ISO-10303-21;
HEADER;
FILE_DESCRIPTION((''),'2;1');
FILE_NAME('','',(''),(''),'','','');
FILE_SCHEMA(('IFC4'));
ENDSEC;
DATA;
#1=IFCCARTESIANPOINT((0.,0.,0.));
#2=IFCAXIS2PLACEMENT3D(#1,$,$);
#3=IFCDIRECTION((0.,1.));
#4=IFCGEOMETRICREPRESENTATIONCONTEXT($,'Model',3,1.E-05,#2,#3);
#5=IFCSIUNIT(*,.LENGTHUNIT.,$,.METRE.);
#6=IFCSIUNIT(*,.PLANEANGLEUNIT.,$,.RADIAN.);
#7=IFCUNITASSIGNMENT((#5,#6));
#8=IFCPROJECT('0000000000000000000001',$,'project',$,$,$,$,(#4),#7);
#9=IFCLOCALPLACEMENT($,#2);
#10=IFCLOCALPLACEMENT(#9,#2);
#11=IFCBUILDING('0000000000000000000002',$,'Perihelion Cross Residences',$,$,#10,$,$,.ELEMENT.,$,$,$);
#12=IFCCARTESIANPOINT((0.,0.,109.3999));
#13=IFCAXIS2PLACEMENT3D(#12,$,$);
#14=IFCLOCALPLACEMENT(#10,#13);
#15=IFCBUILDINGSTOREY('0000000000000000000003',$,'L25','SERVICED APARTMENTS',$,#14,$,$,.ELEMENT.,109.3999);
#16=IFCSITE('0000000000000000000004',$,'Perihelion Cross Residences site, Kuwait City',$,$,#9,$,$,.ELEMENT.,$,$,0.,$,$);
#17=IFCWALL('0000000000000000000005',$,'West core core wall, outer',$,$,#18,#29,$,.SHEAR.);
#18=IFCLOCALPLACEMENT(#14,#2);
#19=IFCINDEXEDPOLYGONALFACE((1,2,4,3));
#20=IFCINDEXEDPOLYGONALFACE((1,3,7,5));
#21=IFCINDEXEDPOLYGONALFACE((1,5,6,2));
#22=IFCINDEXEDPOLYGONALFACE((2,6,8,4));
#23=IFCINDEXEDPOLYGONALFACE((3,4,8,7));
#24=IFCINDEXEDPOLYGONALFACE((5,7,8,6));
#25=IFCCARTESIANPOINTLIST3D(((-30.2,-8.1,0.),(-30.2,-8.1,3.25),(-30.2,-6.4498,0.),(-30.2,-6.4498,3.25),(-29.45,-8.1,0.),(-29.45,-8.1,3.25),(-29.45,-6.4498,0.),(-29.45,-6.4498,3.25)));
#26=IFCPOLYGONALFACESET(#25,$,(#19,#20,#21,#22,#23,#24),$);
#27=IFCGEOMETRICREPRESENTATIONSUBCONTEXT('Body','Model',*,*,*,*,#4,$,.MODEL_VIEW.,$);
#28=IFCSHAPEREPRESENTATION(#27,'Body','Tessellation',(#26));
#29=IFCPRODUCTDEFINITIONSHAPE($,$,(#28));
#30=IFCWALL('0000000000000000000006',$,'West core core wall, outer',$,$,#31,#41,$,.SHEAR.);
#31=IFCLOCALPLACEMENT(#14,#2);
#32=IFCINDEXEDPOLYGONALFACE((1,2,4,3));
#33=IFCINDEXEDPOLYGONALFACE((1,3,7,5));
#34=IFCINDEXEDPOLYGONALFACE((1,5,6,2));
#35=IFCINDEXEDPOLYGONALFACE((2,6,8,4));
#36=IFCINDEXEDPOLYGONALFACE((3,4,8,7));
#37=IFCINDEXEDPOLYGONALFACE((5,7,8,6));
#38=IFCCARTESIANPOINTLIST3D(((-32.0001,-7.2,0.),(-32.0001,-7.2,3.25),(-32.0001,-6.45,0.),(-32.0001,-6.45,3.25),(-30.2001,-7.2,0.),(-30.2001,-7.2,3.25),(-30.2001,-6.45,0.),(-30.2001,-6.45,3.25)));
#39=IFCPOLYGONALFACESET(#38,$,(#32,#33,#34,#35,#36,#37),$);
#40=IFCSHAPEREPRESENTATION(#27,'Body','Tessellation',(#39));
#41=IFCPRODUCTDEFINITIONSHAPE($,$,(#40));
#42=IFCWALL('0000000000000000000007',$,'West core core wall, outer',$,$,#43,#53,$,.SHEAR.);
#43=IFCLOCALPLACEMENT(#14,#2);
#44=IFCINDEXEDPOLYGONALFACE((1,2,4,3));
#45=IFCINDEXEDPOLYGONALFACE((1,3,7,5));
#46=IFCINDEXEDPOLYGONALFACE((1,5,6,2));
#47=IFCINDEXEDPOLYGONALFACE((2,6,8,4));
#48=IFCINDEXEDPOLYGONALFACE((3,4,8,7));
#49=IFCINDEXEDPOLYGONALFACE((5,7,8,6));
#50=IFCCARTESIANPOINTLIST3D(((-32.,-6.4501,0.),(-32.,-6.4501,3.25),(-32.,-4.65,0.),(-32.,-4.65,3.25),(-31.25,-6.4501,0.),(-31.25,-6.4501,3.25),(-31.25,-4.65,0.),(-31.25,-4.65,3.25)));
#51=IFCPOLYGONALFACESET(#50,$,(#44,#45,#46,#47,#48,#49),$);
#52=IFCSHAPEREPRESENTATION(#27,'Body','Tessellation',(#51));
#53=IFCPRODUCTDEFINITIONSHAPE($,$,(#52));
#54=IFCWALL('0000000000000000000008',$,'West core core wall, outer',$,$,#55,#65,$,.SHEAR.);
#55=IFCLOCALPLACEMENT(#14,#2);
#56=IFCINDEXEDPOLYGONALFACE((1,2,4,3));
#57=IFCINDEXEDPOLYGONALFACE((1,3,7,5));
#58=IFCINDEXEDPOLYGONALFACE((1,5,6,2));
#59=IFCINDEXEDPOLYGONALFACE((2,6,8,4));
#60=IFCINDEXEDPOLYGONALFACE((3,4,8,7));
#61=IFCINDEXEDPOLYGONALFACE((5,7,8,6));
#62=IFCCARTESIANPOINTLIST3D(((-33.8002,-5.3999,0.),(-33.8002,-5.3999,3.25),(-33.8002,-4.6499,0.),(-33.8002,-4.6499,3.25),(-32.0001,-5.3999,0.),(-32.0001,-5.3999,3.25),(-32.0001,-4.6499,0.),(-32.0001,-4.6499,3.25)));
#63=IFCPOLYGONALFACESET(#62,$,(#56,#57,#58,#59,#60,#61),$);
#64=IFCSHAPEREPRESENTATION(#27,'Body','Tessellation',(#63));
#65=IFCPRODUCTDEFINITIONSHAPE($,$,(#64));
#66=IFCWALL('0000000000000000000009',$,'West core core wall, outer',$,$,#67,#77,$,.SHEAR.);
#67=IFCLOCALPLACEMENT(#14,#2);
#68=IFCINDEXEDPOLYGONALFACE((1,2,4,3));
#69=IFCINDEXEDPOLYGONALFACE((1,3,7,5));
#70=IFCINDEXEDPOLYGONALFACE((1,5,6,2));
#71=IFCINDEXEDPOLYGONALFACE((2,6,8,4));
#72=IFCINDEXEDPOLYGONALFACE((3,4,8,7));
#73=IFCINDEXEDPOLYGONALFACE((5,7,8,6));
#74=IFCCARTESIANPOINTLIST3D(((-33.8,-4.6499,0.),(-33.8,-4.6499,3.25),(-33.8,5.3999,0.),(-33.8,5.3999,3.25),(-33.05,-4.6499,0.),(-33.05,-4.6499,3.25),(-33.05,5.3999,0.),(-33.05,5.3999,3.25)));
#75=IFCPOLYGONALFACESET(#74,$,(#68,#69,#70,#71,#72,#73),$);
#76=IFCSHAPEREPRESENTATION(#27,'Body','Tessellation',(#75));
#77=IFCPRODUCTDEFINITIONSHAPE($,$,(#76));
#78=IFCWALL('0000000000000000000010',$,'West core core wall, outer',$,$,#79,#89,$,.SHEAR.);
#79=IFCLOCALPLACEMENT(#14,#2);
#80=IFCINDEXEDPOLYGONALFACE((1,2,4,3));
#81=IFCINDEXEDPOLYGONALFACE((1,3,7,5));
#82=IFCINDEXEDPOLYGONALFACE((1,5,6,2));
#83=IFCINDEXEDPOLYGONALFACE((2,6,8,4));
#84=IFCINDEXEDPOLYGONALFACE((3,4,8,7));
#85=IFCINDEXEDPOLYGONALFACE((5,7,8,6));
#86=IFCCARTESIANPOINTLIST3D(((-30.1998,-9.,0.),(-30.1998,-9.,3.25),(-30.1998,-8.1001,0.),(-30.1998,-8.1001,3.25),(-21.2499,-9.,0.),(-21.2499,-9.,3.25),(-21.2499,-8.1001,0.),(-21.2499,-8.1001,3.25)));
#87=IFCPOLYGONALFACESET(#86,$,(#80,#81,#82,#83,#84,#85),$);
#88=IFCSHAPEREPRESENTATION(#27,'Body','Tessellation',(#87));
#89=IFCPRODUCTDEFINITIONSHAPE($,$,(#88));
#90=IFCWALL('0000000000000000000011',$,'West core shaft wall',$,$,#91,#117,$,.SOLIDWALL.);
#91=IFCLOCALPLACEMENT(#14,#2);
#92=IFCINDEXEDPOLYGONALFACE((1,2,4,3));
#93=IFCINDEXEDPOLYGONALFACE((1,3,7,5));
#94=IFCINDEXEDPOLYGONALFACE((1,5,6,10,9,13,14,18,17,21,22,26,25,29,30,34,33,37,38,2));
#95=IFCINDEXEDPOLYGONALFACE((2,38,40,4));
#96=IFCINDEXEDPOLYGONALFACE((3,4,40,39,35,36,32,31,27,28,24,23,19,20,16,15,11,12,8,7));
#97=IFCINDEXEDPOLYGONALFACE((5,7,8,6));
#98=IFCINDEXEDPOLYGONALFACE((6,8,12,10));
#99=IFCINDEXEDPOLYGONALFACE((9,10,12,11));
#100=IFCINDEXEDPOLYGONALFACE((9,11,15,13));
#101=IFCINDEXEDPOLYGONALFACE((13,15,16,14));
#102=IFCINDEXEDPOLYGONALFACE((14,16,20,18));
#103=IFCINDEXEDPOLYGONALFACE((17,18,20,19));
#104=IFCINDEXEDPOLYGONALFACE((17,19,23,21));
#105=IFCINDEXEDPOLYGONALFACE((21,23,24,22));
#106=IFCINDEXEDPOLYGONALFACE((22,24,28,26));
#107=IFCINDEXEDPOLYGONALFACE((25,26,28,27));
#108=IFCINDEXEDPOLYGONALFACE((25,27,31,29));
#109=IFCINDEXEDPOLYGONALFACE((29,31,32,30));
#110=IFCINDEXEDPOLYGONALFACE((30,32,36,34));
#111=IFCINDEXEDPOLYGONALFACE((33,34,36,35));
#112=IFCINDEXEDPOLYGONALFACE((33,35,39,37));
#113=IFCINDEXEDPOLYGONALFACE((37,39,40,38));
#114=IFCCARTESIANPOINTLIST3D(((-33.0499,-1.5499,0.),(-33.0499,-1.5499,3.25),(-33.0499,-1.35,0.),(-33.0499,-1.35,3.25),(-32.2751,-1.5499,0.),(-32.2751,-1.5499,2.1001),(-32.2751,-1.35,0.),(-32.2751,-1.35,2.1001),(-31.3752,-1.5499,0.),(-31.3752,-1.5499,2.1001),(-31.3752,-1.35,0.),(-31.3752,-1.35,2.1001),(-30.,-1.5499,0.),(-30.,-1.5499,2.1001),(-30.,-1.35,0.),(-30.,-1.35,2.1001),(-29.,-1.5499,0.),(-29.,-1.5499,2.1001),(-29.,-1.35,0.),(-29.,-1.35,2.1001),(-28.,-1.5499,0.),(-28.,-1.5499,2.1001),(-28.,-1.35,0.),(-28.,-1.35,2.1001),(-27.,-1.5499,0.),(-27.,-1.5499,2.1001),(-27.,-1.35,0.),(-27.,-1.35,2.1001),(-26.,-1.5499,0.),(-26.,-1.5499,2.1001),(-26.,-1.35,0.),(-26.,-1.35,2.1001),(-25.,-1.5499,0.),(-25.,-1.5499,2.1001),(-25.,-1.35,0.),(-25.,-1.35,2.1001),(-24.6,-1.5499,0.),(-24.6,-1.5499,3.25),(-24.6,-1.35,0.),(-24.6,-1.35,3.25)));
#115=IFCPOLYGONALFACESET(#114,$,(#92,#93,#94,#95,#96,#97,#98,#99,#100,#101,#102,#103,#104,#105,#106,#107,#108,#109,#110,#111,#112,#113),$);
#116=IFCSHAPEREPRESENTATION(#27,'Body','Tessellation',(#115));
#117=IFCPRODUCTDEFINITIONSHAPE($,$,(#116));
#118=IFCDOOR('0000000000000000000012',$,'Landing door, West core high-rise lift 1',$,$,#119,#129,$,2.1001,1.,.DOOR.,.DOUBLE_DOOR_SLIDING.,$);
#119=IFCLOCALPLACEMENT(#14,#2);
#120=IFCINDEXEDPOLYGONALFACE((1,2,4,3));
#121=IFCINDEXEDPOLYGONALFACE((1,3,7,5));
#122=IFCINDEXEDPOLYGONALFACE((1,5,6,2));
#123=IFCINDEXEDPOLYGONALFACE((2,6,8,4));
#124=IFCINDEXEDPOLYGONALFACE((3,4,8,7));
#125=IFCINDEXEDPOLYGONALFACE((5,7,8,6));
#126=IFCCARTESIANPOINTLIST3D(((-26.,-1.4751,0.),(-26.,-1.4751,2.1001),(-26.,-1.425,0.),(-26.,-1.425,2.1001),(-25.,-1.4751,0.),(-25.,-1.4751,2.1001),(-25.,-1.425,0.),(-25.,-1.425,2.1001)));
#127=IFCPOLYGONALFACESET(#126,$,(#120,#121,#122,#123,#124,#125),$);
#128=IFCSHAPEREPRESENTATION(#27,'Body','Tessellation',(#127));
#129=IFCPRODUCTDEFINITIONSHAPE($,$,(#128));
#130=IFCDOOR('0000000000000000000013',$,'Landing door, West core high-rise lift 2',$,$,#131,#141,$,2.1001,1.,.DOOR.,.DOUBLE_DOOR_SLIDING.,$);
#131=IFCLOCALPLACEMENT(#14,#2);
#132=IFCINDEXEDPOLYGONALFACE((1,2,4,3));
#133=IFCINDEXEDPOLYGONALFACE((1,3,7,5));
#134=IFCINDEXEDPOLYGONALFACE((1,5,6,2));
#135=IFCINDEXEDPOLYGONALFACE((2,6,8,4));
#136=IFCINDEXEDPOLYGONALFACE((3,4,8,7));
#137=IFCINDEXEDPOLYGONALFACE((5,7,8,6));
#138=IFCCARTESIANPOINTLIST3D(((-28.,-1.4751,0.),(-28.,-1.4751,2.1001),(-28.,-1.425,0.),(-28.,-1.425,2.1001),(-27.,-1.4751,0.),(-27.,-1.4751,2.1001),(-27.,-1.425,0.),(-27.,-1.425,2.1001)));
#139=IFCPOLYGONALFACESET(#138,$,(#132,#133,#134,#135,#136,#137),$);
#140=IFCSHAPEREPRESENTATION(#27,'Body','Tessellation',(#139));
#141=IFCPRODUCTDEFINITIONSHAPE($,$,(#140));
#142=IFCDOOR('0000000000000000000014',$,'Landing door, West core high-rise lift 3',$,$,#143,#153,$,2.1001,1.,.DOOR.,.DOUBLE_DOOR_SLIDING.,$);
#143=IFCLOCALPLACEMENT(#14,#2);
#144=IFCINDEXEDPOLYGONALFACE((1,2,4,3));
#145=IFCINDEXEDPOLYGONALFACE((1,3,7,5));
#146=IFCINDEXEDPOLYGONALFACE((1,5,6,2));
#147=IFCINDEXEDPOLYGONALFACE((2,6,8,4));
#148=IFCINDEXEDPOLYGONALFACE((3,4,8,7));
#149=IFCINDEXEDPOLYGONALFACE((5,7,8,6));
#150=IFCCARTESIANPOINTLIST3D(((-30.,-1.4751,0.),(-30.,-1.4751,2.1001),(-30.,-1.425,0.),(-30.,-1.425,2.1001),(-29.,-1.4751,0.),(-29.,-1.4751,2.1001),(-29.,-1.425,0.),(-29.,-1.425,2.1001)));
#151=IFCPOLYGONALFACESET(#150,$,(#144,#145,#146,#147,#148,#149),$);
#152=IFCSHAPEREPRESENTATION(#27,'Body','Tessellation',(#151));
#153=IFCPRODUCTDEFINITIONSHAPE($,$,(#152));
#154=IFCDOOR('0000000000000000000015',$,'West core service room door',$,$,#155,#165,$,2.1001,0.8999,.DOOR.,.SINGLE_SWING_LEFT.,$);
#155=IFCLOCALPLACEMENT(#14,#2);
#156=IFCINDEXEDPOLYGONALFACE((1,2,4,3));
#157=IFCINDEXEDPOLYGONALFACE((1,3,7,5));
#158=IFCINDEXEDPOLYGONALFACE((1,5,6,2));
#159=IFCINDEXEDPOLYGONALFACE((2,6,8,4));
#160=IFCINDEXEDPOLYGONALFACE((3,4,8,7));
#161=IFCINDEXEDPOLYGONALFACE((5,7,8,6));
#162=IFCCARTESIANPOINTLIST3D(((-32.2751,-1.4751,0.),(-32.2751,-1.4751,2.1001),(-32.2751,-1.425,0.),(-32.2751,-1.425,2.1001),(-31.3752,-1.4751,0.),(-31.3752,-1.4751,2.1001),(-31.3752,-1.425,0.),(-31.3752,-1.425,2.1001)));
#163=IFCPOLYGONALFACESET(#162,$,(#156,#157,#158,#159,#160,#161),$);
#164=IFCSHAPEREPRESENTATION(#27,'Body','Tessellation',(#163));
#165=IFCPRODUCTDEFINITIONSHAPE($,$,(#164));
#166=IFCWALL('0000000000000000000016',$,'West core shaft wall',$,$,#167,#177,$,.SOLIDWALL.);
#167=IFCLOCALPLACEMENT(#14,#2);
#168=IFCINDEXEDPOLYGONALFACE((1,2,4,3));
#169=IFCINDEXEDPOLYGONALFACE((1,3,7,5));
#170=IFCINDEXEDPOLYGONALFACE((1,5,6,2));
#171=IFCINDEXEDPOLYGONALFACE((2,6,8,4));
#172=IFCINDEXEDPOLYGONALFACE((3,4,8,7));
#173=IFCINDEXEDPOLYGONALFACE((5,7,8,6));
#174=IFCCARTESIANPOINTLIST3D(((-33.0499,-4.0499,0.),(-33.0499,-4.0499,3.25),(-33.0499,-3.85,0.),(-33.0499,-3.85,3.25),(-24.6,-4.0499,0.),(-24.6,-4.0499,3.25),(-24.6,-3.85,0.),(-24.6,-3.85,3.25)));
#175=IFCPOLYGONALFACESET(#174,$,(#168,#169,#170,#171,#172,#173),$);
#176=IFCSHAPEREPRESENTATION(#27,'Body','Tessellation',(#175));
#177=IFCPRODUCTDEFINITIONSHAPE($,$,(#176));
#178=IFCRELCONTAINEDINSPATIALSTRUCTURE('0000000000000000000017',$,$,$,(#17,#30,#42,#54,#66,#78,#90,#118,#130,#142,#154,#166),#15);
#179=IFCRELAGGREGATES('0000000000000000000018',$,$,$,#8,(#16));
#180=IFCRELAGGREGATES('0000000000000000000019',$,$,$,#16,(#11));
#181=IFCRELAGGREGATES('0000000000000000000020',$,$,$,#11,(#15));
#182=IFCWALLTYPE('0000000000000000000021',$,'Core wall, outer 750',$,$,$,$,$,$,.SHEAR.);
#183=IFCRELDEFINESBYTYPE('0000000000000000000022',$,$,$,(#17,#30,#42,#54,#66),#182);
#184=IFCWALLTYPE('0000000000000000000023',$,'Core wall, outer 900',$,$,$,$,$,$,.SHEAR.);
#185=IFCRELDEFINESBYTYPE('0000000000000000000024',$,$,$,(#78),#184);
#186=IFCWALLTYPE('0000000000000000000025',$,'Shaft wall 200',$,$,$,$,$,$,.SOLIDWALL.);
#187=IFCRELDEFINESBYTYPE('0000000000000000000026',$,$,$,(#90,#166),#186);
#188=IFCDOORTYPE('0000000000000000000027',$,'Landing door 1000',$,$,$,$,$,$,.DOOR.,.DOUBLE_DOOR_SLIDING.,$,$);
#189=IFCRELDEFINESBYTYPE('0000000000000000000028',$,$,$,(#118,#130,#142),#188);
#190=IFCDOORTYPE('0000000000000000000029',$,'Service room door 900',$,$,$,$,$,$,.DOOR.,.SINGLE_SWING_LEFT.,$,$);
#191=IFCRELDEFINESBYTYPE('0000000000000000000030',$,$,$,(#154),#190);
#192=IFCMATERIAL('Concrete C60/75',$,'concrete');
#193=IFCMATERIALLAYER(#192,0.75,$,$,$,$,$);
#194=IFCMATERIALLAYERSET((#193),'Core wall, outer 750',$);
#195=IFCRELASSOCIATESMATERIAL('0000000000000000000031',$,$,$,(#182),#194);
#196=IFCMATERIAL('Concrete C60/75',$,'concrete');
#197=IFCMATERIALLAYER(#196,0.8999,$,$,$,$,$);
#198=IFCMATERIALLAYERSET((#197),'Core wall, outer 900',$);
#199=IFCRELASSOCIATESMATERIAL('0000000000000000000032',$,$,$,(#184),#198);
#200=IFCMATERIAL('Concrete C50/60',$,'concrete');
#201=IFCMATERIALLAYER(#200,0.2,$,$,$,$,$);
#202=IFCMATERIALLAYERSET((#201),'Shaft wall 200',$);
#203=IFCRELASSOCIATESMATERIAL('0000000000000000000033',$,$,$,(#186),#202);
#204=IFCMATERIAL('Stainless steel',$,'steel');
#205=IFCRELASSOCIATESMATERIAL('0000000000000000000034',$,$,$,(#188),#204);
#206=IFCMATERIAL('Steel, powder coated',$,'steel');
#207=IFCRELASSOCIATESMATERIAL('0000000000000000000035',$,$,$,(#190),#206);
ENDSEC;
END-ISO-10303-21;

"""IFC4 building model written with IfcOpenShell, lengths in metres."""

from ifc_helpers import new_model, si_unit, direction, frame, frame_2d, origin, place, context, subcontext, project, spatial, rectangle, extrude, material, layer, layer_set, type_object, element, fill, save


model = new_model("IFC4")

# Units and contexts
model_context = context("Model", 3, precision=1e-05, world=origin(), true_north=direction((0.0, 1.0)))
body_context = subcontext(model_context, "Body", "Model", "MODEL_VIEW")
ifc_project = project(units=[si_unit("LENGTHUNIT", "METRE"), si_unit("PLANEANGLEUNIT", "RADIAN")], contexts=[model_context])

# Site, building, storey
site_placement = place(None, origin())
site = spatial("IfcSite", under=ifc_project, at=site_placement, Name="Perihelion Cross Residences site, Kuwait City", CompositionType="ELEMENT", RefElevation=0.0)
building_placement = place(site_placement, origin())
building = spatial("IfcBuilding", under=site, at=building_placement, Name="Perihelion Cross Residences", CompositionType="ELEMENT")
storey_placement = place(building_placement, frame((0.0, 0.0, 109.3999)))
storey = spatial("IfcBuildingStorey", under=building, at=storey_placement, Name="L25", Description="SERVICED APARTMENTS", CompositionType="ELEMENT", Elevation=109.3999)

# Walls
ifc_material_1 = material(Name="Concrete C60/75", Category="concrete")
ifc_layer_1 = layer(ifc_material_1, 0.75)
ifc_layer_set_1 = layer_set([ifc_layer_1], Name="Core wall, outer 750")
wall_type_1 = type_object("IfcWallType", Name="Core wall, outer 750", PredefinedType="SHEAR", material=ifc_layer_set_1)
wall_1_placement = place(storey_placement, frame((-29.825, -8.1001, 0.0), z_axis=(0.0, 0.0, 1.0), x_axis=(0.0, 1.0, 0.0)))
element("IfcWall", 1, at=wall_1_placement, inside=storey, type_object=wall_type_1, Name="West core core wall, outer", PredefinedType="SHEAR", context=body_context, shape_type="SweptSolid", body=[
    extrude(rectangle(XDim=1.6501, YDim=0.75, at=frame_2d((0.8252, 0.0))), origin(), (0.0, 0.0, 1.0), 3.25),
])
for number, where, z_axis, x_axis, name in (
    (2, (-32.0, -6.825, 0.0), (0.0, 0.0, 1.0), (1.0, 0.0, 0.0), "West core core wall, outer"),
    (3, (-31.625, -6.45, 0.0), (0.0, 0.0, 1.0), (0.0, 1.0, 0.0), "West core core wall, outer"),
    (4, (-33.8, -5.0249, 0.0), (0.0, 0.0, 1.0), (1.0, 0.0, 0.0), "West core core wall, outer"),
):
    element("IfcWall", number, at=place(storey_placement, frame(where, z_axis=z_axis, x_axis=x_axis)), inside=storey, type_object=wall_type_1, Name=name, PredefinedType="SHEAR", context=body_context, shape_type="SweptSolid", body=[
        extrude(rectangle(XDim=1.8, YDim=0.75, at=frame_2d((0.8999, 0.0))), origin(), (0.0, 0.0, 1.0), 3.25),
    ])
wall_2_placement = place(storey_placement, frame((-33.425, -4.6499, 0.0), z_axis=(0.0, 0.0, 1.0), x_axis=(0.0, 1.0, 0.0)))
element("IfcWall", 5, at=wall_2_placement, inside=storey, type_object=wall_type_1, Name="West core core wall, outer", PredefinedType="SHEAR", context=body_context, shape_type="SweptSolid", body=[
    extrude(rectangle(XDim=10.0498, YDim=0.75, at=frame_2d((5.0249, 0.0))), origin(), (0.0, 0.0, 1.0), 3.25),
])
ifc_material_2 = material(Name="Concrete C60/75", Category="concrete")
ifc_layer_2 = layer(ifc_material_2, 0.8999)
ifc_layer_set_2 = layer_set([ifc_layer_2], Name="Core wall, outer 900")
wall_type_2 = type_object("IfcWallType", Name="Core wall, outer 900", PredefinedType="SHEAR", material=ifc_layer_set_2)
wall_3_placement = place(storey_placement, frame((-30.2, -8.55, 0.0), z_axis=(0.0, 0.0, 1.0), x_axis=(1.0, 0.0, 0.0)))
element("IfcWall", 6, at=wall_3_placement, inside=storey, type_object=wall_type_2, Name="West core core wall, outer", PredefinedType="SHEAR", context=body_context, shape_type="SweptSolid", body=[
    extrude(rectangle(XDim=8.95, YDim=0.8999, at=frame_2d((4.4751, 0.0))), origin(), (0.0, 0.0, 1.0), 3.25),
])

# Wall, openings, doors
ifc_material_3 = material(Name="Concrete C50/60", Category="concrete")
ifc_layer_3 = layer(ifc_material_3, 0.2)
ifc_layer_set_3 = layer_set([ifc_layer_3], Name="Shaft wall 200")
wall_type_3 = type_object("IfcWallType", Name="Shaft wall 200", PredefinedType="SOLIDWALL", material=ifc_layer_set_3)
wall_4_placement = place(storey_placement, frame((-33.05, -1.45, 0.0), z_axis=(0.0, 0.0, 1.0), x_axis=(1.0, 0.0, 0.0)))
wall_4 = element("IfcWall", 7, at=wall_4_placement, inside=storey, type_object=wall_type_3, Name="West core shaft wall", PredefinedType="SOLIDWALL", context=body_context, shape_type="SweptSolid", body=[
    extrude(rectangle(XDim=8.45, YDim=0.2, at=frame_2d((4.2251, 0.0))), origin(), (0.0, 0.0, 1.0), 3.25),
])
opening_1_placement = place(wall_4_placement, frame((7.05, 0.0, 0.0)))
opening_1 = element("IfcOpeningElement", 8, at=opening_1_placement, cuts=wall_4, PredefinedType="OPENING", context=body_context, shape_type="SweptSolid", body=[
    extrude(rectangle(XDim=1.0, YDim=2.1001, at=frame_2d((0.5, 1.05))), frame((0.0, 0.1099, 0.0), z_axis=(0.0, -1.0, 0.0), x_axis=(1.0, 0.0, 0.0)), (0.0, 0.0, 1.0), 0.22),
])
opening_2_placement = place(wall_4_placement, frame((5.05, 0.0, 0.0)))
opening_2 = element("IfcOpeningElement", 9, at=opening_2_placement, cuts=wall_4, PredefinedType="OPENING", context=body_context, shape_type="SweptSolid", body=[
    extrude(rectangle(XDim=1.0, YDim=2.1001, at=frame_2d((0.5, 1.05))), frame((0.0, 0.1099, 0.0), z_axis=(0.0, -1.0, 0.0), x_axis=(1.0, 0.0, 0.0)), (0.0, 0.0, 1.0), 0.22),
])
opening_3_placement = place(wall_4_placement, frame((3.05, 0.0, 0.0)))
opening_3 = element("IfcOpeningElement", 10, at=opening_3_placement, cuts=wall_4, PredefinedType="OPENING", context=body_context, shape_type="SweptSolid", body=[
    extrude(rectangle(XDim=1.0, YDim=2.1001, at=frame_2d((0.5, 1.05))), frame((0.0, 0.1099, 0.0), z_axis=(0.0, -1.0, 0.0), x_axis=(1.0, 0.0, 0.0)), (0.0, 0.0, 1.0), 0.22),
])
opening_4_placement = place(wall_4_placement, frame((0.7749, 0.0, 0.0)))
opening_4 = element("IfcOpeningElement", 11, at=opening_4_placement, cuts=wall_4, PredefinedType="OPENING", context=body_context, shape_type="SweptSolid", body=[
    extrude(rectangle(XDim=0.8999, YDim=2.1001, at=frame_2d((0.45, 1.05))), frame((0.0, 0.1099, 0.0), z_axis=(0.0, -1.0, 0.0), x_axis=(1.0, 0.0, 0.0)), (0.0, 0.0, 1.0), 0.22),
])
ifc_material_4 = material(Name="Stainless steel", Category="steel")
door_type_1 = type_object("IfcDoorType", Name="Landing door 1000", OperationType="DOUBLE_DOOR_SLIDING", PredefinedType="DOOR", material=ifc_material_4)
door_1_placement = place(opening_1_placement, origin())
door_1 = element("IfcDoor", 12, at=door_1_placement, inside=storey, type_object=door_type_1, Name="Landing door, West core high-rise lift 1", OperationType="DOUBLE_DOOR_SLIDING", OverallHeight=2.1001, OverallWidth=1.0, PredefinedType="DOOR", context=body_context, shape_type="SweptSolid", body=[
    extrude(rectangle(XDim=1.0, YDim=2.1001, at=frame_2d((0.5, 1.05))), frame((0.0, 0.0249, 0.0), z_axis=(0.0, -1.0, 0.0), x_axis=(1.0, 0.0, 0.0)), (0.0, 0.0, 1.0), 0.05),
])
fill(opening_1, door_1)
door_2_placement = place(opening_2_placement, origin())
door_2 = element("IfcDoor", 13, at=door_2_placement, inside=storey, type_object=door_type_1, Name="Landing door, West core high-rise lift 2", OperationType="DOUBLE_DOOR_SLIDING", OverallHeight=2.1001, OverallWidth=1.0, PredefinedType="DOOR", context=body_context, shape_type="SweptSolid", body=[
    extrude(rectangle(XDim=1.0, YDim=2.1001, at=frame_2d((0.5, 1.05))), frame((0.0, 0.0249, 0.0), z_axis=(0.0, -1.0, 0.0), x_axis=(1.0, 0.0, 0.0)), (0.0, 0.0, 1.0), 0.05),
])
fill(opening_2, door_2)
door_3_placement = place(opening_3_placement, origin())
door_3 = element("IfcDoor", 14, at=door_3_placement, inside=storey, type_object=door_type_1, Name="Landing door, West core high-rise lift 3", OperationType="DOUBLE_DOOR_SLIDING", OverallHeight=2.1001, OverallWidth=1.0, PredefinedType="DOOR", context=body_context, shape_type="SweptSolid", body=[
    extrude(rectangle(XDim=1.0, YDim=2.1001, at=frame_2d((0.5, 1.05))), frame((0.0, 0.0249, 0.0), z_axis=(0.0, -1.0, 0.0), x_axis=(1.0, 0.0, 0.0)), (0.0, 0.0, 1.0), 0.05),
])
fill(opening_3, door_3)
ifc_material_5 = material(Name="Steel, powder coated", Category="steel")
door_type_2 = type_object("IfcDoorType", Name="Service room door 900", OperationType="SINGLE_SWING_LEFT", PredefinedType="DOOR", material=ifc_material_5)
door_4_placement = place(opening_4_placement, origin())
door_4 = element("IfcDoor", 15, at=door_4_placement, inside=storey, type_object=door_type_2, Name="West core service room door", OperationType="SINGLE_SWING_LEFT", OverallHeight=2.1001, OverallWidth=0.8999, PredefinedType="DOOR", context=body_context, shape_type="SweptSolid", body=[
    extrude(rectangle(XDim=0.8999, YDim=2.1001, at=frame_2d((0.45, 1.05))), frame((0.0, 0.0249, 0.0), z_axis=(0.0, -1.0, 0.0), x_axis=(1.0, 0.0, 0.0)), (0.0, 0.0, 1.0), 0.05),
])
fill(opening_4, door_4)

# Wall
wall_5_placement = place(storey_placement, frame((-33.05, -3.95, 0.0), z_axis=(0.0, 0.0, 1.0), x_axis=(1.0, 0.0, 0.0)))
element("IfcWall", 16, at=wall_5_placement, inside=storey, type_object=wall_type_3, Name="West core shaft wall", PredefinedType="SOLIDWALL", context=body_context, shape_type="SweptSolid", body=[
    extrude(rectangle(XDim=8.45, YDim=0.2, at=frame_2d((4.2251, 0.0))), origin(), (0.0, 0.0, 1.0), 3.25),
])

save(model, "model.ifc")
